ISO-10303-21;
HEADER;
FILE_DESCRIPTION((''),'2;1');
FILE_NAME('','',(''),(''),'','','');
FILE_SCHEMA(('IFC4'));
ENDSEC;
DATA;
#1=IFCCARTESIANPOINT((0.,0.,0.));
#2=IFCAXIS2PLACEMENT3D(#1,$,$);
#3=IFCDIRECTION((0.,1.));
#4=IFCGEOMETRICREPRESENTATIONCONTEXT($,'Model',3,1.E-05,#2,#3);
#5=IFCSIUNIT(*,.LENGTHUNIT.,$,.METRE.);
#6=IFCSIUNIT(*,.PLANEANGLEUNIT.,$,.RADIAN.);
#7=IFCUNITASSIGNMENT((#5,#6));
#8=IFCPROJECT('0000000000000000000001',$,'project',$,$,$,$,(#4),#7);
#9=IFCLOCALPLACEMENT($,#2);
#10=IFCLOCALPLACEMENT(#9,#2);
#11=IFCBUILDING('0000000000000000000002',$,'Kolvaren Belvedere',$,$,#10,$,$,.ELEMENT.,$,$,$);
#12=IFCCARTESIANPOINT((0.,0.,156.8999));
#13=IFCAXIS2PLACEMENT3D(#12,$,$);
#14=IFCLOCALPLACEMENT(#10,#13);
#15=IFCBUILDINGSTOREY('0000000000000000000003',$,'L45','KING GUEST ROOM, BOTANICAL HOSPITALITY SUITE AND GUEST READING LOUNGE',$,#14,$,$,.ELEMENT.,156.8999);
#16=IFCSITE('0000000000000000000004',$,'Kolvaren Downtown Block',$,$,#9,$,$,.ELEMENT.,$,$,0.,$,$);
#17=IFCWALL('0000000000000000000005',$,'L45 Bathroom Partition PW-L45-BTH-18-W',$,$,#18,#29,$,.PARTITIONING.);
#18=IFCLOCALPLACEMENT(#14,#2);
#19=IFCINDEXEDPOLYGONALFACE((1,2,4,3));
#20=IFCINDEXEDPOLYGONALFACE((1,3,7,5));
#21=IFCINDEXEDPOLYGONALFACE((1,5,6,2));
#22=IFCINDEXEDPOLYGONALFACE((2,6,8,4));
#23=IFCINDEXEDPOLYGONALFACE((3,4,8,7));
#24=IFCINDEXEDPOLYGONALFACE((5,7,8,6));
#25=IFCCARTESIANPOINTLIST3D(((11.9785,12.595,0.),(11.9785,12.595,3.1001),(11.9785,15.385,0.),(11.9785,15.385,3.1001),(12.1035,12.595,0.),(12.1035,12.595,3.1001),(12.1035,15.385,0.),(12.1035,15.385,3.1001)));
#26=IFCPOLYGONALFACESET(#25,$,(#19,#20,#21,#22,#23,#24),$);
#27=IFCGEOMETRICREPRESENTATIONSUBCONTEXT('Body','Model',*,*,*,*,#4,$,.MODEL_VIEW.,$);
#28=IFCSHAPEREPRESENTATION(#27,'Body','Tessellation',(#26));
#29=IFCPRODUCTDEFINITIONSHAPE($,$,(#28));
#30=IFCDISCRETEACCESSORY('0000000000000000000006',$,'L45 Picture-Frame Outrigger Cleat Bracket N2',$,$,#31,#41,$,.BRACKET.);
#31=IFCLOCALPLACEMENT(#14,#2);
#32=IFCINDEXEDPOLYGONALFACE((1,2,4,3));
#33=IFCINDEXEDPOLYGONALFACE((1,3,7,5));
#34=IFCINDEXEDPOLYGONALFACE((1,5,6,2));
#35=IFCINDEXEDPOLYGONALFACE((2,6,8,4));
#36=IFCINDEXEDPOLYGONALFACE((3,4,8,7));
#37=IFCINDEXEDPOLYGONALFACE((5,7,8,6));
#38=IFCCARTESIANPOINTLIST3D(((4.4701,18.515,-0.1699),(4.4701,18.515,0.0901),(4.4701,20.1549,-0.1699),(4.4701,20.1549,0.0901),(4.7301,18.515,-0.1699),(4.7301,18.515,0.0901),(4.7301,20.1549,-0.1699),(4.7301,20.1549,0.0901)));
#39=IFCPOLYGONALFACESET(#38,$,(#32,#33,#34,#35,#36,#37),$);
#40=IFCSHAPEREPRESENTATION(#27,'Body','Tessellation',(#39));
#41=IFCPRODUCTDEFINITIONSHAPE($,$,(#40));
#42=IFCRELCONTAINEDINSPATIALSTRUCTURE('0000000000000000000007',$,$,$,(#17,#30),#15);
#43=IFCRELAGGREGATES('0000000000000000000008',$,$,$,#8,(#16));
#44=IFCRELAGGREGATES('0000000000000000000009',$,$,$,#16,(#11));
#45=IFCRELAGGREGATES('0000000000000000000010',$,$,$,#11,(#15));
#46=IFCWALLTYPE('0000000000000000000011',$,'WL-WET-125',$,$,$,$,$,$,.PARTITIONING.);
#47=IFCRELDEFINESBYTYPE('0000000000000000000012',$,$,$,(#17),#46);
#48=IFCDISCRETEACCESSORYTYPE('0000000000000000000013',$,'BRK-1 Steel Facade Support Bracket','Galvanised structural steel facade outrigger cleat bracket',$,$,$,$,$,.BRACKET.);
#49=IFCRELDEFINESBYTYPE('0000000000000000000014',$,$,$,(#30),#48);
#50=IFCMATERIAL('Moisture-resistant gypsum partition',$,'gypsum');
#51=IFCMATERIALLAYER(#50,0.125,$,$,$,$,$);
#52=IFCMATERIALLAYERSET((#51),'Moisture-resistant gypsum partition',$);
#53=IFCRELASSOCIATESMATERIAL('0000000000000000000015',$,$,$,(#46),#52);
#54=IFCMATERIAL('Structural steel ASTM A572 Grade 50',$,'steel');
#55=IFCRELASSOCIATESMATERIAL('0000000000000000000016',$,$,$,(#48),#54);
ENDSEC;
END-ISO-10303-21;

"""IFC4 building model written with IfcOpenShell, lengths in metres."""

from ifc_helpers import new_model, si_unit, direction, frame, frame_2d, origin, origin_2d, place, context, subcontext, project, spatial, rectangle, extrude, material, layer, layer_set, type_object, element, save


model = new_model("IFC4")

# Units and contexts
model_context = context("Model", 3, precision=1e-05, world=origin(), true_north=direction((0.0, 1.0)))
body_context = subcontext(model_context, "Body", "Model", "MODEL_VIEW")
ifc_project = project(units=[si_unit("LENGTHUNIT", "METRE"), si_unit("PLANEANGLEUNIT", "RADIAN")], contexts=[model_context])

# Site, building, storey
site_placement = place(None, origin())
site = spatial("IfcSite", under=ifc_project, at=site_placement, Name="Kolvaren Downtown Block", CompositionType="ELEMENT", RefElevation=0.0)
building_placement = place(site_placement, origin())
building = spatial("IfcBuilding", under=site, at=building_placement, Name="Kolvaren Belvedere", CompositionType="ELEMENT")
storey_placement = place(building_placement, frame((0.0, 0.0, 156.8999)))
storey = spatial("IfcBuildingStorey", under=building, at=storey_placement, Name="L45", Description="KING GUEST ROOM, BOTANICAL HOSPITALITY SUITE AND GUEST READING LOUNGE", CompositionType="ELEMENT", Elevation=156.8999)

# Shared definitions
ifc_material_1 = material(Name="Moisture-resistant gypsum partition", Category="gypsum")
ifc_layer_1 = layer(ifc_material_1, 0.125)
ifc_layer_set_1 = layer_set([ifc_layer_1], Name="Moisture-resistant gypsum partition")
wall_type_1 = type_object("IfcWallType", Name="WL-WET-125", PredefinedType="PARTITIONING", material=ifc_layer_set_1)

# Wall
wall_1_placement = place(storey_placement, frame((12.041, 12.595, 0.0), z_axis=(0.0, 0.0, 1.0), x_axis=(0.0, 1.0, 0.0)))
element("IfcWall", 1, at=wall_1_placement, inside=storey, type_object=wall_type_1, Name="L45 Bathroom Partition PW-L45-BTH-18-W", PredefinedType="PARTITIONING", context=body_context, shape_type="SweptSolid", body=[
    extrude(rectangle(XDim=2.79, YDim=0.125, at=frame_2d((1.395, 0.0))), origin(), (0.0, 0.0, 1.0), 3.1001),
])

# Discrete accessory
ifc_material_2 = material(Name="Structural steel ASTM A572 Grade 50", Category="steel")
discrete_accessory_type = type_object("IfcDiscreteAccessoryType", Name="BRK-1 Steel Facade Support Bracket", Description="Galvanised structural steel facade outrigger cleat bracket", PredefinedType="BRACKET", material=ifc_material_2)
discrete_accessory_placement = place(storey_placement, frame((4.6001, 19.335, -0.1699), z_axis=(0.0, 0.0, 1.0), x_axis=(0.0, 1.0, 0.0)))
element("IfcDiscreteAccessory", 2, at=discrete_accessory_placement, inside=storey, type_object=discrete_accessory_type, Name="L45 Picture-Frame Outrigger Cleat Bracket N2", PredefinedType="BRACKET", context=body_context, shape_type="SweptSolid", body=[
    extrude(rectangle(XDim=1.6399, YDim=0.26, at=origin_2d()), origin(), (0.0, 0.0, 1.0), 0.26),
])

save(model, "model.ifc")
